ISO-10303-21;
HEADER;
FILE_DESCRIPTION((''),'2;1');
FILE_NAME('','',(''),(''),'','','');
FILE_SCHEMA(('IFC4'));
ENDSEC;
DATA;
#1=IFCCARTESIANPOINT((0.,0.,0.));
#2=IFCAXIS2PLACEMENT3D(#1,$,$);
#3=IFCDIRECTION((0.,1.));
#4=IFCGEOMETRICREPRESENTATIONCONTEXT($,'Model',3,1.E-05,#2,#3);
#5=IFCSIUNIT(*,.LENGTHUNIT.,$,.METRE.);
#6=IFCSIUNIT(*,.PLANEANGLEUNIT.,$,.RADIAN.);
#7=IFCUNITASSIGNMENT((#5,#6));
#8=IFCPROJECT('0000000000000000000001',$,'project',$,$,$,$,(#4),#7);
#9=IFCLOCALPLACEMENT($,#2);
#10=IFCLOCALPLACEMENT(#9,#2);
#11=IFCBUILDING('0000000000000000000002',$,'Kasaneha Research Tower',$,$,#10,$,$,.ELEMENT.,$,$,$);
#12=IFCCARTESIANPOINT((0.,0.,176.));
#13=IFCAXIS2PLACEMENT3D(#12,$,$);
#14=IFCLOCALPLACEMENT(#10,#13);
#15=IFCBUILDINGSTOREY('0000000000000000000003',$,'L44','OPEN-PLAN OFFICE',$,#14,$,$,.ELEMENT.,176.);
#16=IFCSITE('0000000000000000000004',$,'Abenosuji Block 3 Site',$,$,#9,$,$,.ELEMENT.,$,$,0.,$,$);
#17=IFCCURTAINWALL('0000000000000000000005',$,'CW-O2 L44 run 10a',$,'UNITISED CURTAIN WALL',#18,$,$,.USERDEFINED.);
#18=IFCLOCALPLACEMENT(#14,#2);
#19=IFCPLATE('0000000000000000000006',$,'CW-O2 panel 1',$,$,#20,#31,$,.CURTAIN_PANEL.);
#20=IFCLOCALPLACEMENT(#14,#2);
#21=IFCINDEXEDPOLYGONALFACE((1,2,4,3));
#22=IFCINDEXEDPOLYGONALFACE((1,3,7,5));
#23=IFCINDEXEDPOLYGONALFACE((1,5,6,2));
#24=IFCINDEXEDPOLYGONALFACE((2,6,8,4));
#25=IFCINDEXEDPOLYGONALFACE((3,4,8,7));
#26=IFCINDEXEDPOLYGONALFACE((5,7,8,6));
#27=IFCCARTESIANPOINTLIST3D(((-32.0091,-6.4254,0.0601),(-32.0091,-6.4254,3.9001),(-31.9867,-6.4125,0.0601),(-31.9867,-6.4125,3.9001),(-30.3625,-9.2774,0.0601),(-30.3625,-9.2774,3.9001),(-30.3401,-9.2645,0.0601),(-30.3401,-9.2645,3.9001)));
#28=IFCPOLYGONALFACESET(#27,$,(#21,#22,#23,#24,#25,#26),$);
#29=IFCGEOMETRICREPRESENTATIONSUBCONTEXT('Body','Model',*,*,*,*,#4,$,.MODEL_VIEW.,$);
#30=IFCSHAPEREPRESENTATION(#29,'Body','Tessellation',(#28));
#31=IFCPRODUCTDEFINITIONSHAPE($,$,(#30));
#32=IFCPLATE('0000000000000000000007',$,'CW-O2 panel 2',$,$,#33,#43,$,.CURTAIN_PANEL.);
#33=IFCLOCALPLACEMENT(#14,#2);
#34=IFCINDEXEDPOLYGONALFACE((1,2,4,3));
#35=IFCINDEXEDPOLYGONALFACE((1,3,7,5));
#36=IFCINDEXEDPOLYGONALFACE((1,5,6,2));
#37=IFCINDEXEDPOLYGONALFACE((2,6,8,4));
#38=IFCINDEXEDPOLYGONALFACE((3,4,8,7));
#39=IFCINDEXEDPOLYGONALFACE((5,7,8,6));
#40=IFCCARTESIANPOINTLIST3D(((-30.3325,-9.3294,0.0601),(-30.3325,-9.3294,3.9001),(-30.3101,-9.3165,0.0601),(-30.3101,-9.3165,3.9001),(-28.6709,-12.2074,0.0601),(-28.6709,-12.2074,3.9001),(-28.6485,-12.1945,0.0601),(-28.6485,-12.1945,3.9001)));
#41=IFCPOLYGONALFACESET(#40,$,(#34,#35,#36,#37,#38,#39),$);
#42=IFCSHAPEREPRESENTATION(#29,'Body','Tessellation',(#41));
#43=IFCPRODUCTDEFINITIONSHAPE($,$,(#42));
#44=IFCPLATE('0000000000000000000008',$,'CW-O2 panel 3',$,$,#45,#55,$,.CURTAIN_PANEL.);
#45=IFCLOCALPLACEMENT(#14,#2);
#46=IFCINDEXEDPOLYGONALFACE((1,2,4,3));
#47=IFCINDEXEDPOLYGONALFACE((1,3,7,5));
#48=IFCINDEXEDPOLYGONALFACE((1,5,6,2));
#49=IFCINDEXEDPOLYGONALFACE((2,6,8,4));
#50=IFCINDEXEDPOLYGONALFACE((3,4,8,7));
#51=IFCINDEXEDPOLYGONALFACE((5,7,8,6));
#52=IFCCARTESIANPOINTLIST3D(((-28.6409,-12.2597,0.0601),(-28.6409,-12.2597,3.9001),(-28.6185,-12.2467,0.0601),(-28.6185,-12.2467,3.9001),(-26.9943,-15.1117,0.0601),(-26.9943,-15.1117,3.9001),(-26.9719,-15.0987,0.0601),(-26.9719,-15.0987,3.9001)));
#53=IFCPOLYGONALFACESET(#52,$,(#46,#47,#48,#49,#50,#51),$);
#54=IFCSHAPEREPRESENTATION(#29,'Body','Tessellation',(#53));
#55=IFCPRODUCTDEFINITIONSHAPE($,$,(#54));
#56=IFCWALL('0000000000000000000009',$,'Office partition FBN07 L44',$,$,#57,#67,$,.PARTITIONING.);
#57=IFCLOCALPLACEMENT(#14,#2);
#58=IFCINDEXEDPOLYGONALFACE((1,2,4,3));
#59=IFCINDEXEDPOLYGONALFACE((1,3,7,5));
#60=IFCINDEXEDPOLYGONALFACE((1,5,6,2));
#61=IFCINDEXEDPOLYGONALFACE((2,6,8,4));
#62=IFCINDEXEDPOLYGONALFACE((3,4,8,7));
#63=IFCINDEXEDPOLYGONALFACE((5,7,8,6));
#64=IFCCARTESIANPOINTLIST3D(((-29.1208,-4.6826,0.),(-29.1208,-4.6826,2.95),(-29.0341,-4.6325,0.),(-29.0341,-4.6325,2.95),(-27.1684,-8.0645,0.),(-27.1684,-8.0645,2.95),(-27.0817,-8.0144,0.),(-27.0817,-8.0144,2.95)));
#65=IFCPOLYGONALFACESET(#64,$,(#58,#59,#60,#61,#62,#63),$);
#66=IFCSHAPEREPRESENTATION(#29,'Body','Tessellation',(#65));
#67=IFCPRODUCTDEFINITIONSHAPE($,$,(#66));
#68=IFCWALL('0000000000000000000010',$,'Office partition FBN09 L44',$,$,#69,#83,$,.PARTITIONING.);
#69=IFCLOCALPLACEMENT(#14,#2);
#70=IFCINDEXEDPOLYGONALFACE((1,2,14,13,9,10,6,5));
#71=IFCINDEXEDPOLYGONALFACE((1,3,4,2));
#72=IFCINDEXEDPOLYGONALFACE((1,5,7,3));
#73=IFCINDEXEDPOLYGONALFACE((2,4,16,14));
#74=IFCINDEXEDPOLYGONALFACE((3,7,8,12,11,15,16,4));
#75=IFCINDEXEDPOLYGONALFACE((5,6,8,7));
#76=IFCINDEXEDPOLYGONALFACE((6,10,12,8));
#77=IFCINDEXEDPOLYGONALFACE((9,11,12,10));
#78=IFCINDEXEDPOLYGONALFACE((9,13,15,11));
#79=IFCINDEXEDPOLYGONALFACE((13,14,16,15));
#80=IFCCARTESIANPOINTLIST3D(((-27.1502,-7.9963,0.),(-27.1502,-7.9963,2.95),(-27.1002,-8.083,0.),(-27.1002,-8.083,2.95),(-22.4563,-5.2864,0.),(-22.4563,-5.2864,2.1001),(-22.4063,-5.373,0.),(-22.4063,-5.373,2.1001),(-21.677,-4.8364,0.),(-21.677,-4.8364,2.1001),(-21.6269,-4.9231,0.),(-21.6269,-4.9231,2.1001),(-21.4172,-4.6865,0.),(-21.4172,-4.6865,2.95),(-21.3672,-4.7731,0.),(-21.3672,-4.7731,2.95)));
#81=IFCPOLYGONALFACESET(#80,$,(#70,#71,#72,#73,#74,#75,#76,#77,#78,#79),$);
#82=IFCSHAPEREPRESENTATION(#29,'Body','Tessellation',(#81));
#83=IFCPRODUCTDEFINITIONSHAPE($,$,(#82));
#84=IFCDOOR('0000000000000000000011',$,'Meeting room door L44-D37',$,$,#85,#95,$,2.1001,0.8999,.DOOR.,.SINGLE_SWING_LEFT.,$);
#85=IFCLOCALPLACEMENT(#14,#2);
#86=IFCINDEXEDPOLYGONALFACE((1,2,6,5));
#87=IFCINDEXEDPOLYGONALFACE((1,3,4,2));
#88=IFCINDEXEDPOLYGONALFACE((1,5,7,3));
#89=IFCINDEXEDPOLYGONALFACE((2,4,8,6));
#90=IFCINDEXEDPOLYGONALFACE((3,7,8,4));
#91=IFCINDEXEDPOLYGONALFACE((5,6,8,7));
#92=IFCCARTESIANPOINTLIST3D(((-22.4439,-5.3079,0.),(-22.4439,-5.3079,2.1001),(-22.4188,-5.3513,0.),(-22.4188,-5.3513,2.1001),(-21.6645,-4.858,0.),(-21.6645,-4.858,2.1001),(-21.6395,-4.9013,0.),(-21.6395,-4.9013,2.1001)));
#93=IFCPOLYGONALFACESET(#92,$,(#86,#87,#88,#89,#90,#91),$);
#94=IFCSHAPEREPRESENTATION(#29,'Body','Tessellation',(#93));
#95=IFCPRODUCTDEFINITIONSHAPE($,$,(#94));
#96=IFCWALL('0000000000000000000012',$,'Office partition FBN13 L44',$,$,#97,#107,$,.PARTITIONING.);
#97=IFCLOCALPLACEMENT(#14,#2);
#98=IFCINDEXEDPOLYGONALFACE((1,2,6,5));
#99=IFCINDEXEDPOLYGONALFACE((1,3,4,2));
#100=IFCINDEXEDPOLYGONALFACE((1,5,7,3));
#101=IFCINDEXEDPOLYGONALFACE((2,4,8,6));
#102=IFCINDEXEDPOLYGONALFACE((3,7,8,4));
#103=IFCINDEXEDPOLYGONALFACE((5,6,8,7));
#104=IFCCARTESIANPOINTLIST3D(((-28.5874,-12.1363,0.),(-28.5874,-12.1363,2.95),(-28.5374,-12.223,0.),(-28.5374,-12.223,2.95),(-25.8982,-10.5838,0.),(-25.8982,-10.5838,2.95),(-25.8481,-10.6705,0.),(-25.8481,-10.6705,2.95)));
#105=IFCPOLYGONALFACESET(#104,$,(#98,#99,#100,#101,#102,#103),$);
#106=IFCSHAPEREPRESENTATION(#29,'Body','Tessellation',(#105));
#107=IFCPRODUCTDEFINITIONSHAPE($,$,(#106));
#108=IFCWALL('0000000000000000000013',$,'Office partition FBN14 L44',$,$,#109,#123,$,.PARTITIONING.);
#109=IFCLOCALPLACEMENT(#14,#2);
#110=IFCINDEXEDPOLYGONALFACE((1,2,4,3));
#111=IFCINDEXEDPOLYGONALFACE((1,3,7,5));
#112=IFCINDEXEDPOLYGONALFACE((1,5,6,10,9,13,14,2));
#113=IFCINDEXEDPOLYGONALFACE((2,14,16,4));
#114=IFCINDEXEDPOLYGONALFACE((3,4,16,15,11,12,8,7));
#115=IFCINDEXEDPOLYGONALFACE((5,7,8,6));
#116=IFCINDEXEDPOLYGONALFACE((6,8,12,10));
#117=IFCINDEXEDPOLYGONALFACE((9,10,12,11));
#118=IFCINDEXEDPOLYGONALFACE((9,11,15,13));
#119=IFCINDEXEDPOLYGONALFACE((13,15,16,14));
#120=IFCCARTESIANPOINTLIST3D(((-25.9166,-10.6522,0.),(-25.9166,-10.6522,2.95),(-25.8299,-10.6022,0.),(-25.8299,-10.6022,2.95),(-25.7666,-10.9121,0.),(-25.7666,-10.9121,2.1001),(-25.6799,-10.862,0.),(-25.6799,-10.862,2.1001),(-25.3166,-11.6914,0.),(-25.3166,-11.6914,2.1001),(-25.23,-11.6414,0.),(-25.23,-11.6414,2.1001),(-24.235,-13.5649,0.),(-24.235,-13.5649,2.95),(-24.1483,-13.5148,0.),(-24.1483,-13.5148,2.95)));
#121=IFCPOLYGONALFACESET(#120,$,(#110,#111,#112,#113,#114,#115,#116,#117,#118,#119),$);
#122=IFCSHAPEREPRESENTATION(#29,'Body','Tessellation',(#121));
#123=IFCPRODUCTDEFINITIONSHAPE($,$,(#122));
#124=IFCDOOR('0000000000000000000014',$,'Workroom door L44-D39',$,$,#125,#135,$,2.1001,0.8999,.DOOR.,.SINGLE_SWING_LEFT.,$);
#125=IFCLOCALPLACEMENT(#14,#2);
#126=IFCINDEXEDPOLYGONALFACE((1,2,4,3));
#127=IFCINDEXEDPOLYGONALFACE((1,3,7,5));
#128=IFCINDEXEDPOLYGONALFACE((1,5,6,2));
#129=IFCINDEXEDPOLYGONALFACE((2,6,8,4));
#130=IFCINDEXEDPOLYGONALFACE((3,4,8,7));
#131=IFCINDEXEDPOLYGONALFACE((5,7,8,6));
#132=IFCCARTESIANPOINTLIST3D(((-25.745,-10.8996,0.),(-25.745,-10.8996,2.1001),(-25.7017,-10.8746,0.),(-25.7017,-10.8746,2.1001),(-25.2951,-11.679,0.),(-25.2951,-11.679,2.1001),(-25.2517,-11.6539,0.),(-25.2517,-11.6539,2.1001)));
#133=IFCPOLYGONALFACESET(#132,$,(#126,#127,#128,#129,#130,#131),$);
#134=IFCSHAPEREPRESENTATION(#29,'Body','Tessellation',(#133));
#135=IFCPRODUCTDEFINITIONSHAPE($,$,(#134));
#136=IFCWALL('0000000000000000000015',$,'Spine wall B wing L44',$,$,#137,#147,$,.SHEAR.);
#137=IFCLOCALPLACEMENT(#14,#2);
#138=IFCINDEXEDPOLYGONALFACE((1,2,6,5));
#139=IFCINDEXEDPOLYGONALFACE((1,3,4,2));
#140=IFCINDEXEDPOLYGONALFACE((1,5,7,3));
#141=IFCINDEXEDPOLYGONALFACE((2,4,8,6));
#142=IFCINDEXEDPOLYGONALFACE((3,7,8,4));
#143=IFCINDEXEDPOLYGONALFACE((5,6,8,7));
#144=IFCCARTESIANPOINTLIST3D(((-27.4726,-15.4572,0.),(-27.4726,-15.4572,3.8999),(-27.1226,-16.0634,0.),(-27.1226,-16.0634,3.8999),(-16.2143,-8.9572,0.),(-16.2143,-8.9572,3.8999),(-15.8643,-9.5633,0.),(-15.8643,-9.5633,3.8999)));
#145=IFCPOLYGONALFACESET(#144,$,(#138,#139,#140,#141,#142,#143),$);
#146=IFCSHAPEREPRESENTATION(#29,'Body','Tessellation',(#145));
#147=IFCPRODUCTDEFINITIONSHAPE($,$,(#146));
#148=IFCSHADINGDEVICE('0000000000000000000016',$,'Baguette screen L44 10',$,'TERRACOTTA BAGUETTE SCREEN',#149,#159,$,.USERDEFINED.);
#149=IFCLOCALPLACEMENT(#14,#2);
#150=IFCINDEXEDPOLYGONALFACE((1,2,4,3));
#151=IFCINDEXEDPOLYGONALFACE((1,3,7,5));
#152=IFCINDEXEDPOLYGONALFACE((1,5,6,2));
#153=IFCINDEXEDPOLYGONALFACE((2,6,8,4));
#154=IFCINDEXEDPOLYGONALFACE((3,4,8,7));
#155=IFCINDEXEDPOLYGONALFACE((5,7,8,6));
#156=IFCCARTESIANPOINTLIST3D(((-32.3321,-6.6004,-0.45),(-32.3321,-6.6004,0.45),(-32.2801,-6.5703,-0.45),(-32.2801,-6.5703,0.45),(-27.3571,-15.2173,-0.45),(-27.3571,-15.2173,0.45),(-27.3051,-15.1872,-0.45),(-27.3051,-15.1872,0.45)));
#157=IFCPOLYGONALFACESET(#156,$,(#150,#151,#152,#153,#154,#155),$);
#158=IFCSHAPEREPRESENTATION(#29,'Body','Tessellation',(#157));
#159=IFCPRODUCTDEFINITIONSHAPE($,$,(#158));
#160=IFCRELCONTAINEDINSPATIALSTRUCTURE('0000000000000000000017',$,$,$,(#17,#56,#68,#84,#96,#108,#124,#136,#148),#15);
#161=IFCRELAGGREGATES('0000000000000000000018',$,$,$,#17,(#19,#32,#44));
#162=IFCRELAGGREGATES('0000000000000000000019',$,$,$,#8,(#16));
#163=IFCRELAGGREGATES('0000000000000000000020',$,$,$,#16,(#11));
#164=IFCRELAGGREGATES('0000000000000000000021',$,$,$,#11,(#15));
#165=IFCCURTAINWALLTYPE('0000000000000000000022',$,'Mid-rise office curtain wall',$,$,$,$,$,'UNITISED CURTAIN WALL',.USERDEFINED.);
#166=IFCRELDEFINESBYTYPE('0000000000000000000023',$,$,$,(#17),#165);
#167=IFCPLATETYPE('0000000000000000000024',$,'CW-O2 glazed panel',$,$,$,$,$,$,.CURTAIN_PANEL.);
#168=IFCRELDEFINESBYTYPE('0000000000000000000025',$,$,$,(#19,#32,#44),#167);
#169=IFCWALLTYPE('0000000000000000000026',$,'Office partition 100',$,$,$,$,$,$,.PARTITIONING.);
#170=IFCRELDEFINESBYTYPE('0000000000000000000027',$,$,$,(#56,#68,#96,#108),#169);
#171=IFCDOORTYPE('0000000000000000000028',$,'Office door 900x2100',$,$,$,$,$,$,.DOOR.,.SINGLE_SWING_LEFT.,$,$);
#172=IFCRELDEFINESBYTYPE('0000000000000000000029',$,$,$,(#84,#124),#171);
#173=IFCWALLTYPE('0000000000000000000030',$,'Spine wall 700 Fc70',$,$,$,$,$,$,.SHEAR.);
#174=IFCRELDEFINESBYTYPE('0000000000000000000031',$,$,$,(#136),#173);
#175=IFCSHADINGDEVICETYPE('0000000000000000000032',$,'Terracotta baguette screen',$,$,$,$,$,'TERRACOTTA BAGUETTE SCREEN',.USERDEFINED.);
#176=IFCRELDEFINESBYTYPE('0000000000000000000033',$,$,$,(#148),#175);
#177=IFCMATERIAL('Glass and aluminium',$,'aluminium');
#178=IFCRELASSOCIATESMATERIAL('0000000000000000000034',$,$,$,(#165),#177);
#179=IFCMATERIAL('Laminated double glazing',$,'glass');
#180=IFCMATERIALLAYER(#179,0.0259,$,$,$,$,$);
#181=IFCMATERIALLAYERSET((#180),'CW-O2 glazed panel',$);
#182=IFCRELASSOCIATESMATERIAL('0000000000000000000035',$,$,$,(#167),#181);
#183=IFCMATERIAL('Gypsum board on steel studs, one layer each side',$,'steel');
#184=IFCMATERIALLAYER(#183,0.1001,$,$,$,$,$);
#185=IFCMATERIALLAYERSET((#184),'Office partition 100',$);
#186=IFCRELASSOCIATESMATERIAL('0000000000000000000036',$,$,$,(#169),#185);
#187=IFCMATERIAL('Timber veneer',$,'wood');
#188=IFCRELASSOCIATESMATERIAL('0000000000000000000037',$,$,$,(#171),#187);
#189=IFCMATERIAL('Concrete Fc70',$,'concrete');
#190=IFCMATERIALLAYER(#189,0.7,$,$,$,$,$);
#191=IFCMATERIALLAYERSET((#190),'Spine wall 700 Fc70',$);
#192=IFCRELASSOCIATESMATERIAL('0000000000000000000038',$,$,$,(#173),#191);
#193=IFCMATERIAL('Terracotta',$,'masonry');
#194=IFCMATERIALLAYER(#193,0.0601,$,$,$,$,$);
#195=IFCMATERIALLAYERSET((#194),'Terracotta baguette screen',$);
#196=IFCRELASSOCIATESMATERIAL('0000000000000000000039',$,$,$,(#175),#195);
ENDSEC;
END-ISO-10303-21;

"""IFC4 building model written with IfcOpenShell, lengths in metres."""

from ifc_helpers import new_model, si_unit, direction, frame, frame_2d, origin, origin_2d, place, context, subcontext, project, spatial, rectangle, extrude, material, layer, layer_set, type_object, element, fill, aggregate, save


model = new_model("IFC4")

# Units and contexts
model_context = context("Model", 3, precision=1e-05, world=origin(), true_north=direction((0.0, 1.0)))
body_context = subcontext(model_context, "Body", "Model", "MODEL_VIEW")
ifc_project = project(units=[si_unit("LENGTHUNIT", "METRE"), si_unit("PLANEANGLEUNIT", "RADIAN")], contexts=[model_context])

# Site, building, storey
site_placement = place(None, origin())
site = spatial("IfcSite", under=ifc_project, at=site_placement, Name="Abenosuji Block 3 Site", CompositionType="ELEMENT", RefElevation=0.0)
building_placement = place(site_placement, origin())
building = spatial("IfcBuilding", under=site, at=building_placement, Name="Kasaneha Research Tower", CompositionType="ELEMENT")
storey_placement = place(building_placement, frame((0.0, 0.0, 176.0)))
storey = spatial("IfcBuildingStorey", under=building, at=storey_placement, Name="L44", Description="OPEN-PLAN OFFICE", CompositionType="ELEMENT", Elevation=176.0)

# Curtain wall
ifc_material_1 = material(Name="Glass and aluminium", Category="aluminium")
curtain_wall_type = type_object("IfcCurtainWallType", Name="Mid-rise office curtain wall", ElementType="UNITISED CURTAIN WALL", PredefinedType="USERDEFINED", material=ifc_material_1)
curtain_wall_1_placement = place(storey_placement, origin())
curtain_wall_1 = element("IfcCurtainWall", 1, at=curtain_wall_1_placement, inside=storey, type_object=curtain_wall_type, Name="CW-O2 L44 run 10a", ObjectType="UNITISED CURTAIN WALL", PredefinedType="USERDEFINED")

# Plates
ifc_material_2 = material(Name="Laminated double glazing", Category="glass")
ifc_layer_1 = layer(ifc_material_2, 0.0259)
ifc_layer_set_1 = layer_set([ifc_layer_1], Name="CW-O2 glazed panel")
plate_type = type_object("IfcPlateType", Name="CW-O2 glazed panel", PredefinedType="CURTAIN_PANEL", material=ifc_layer_set_1)
plate_1_placement = place(storey_placement, frame((-31.1746, -7.845, 0.0601), z_axis=(0.0, 0.0, 1.0), x_axis=(0.5, -0.866025, 0.0)))
plate_1 = element("IfcPlate", 2, at=plate_1_placement, type_object=plate_type, Name="CW-O2 panel 1", PredefinedType="CURTAIN_PANEL", context=body_context, shape_type="SweptSolid", body=[
    extrude(rectangle(XDim=3.2932, YDim=0.0259, at=origin_2d()), origin(), (0.0, 0.0, 1.0), 3.8401),
])
plate_2_placement = place(storey_placement, frame((-29.4905, -10.762, 0.0601), z_axis=(0.0, 0.0, 1.0), x_axis=(0.5, -0.866025, 0.0)))
plate_2 = element("IfcPlate", 3, at=plate_2_placement, type_object=plate_type, Name="CW-O2 panel 2", PredefinedType="CURTAIN_PANEL", context=body_context, shape_type="SweptSolid", body=[
    extrude(rectangle(XDim=3.3232, YDim=0.0259, at=origin_2d()), origin(), (0.0, 0.0, 1.0), 3.8401),
])
plate_3_placement = place(storey_placement, frame((-27.8064, -13.6792, 0.0601), z_axis=(0.0, 0.0, 1.0), x_axis=(0.5, -0.866025, 0.0)))
plate_3 = element("IfcPlate", 4, at=plate_3_placement, type_object=plate_type, Name="CW-O2 panel 3", PredefinedType="CURTAIN_PANEL", context=body_context, shape_type="SweptSolid", body=[
    extrude(rectangle(XDim=3.2932, YDim=0.0259, at=origin_2d()), origin(), (0.0, 0.0, 1.0), 3.8401),
])
aggregate(curtain_wall_1, [plate_1, plate_2, plate_3])

# Wall
ifc_material_3 = material(Name="Gypsum board on steel studs, one layer each side", Category="steel")
ifc_layer_2 = layer(ifc_material_3, 0.1001)
ifc_layer_set_2 = layer_set([ifc_layer_2], Name="Office partition 100")
wall_type_1 = type_object("IfcWallType", Name="Office partition 100", PredefinedType="PARTITIONING", material=ifc_layer_set_2)
wall_1_placement = place(storey_placement, frame((-27.125, -8.0396, 0.0), z_axis=(0.0, 0.0, 1.0), x_axis=(-0.499979, 0.866038, 0.0)))
element("IfcWall", 5, at=wall_1_placement, inside=storey, type_object=wall_type_1, Name="Office partition FBN07 L44", PredefinedType="PARTITIONING", context=body_context, shape_type="SweptSolid", body=[
    extrude(rectangle(XDim=3.905, YDim=0.1001, at=frame_2d((1.9526, 0.0))), origin(), (0.0, 0.0, 1.0), 2.95),
])

# Wall, opening, door
wall_2_placement = place(storey_placement, frame((-21.3921, -4.7297, 0.0), z_axis=(0.0, 0.0, 1.0), x_axis=(-0.866031, -0.499991, 0.0)))
wall_2 = element("IfcWall", 6, at=wall_2_placement, inside=storey, type_object=wall_type_1, Name="Office partition FBN09 L44", PredefinedType="PARTITIONING", context=body_context, shape_type="SweptSolid", body=[
    extrude(rectangle(XDim=6.6199, YDim=0.1001, at=frame_2d((3.3101, 0.0))), origin(), (0.0, 0.0, 1.0), 2.95),
])
opening_1_placement = place(wall_2_placement, frame((0.3, 0.0, 0.0)))
opening_1 = element("IfcOpeningElement", 7, at=opening_1_placement, cuts=wall_2, PredefinedType="OPENING", context=body_context, shape_type="SweptSolid", body=[
    extrude(rectangle(XDim=0.8999, YDim=2.1001, at=frame_2d((0.45, 1.05))), frame((0.0, 0.0601, 0.0), z_axis=(0.0, -1.0, 0.0), x_axis=(1.0, 0.0, 0.0)), (0.0, 0.0, 1.0), 0.1201),
])
ifc_material_4 = material(Name="Timber veneer", Category="wood")
door_type = type_object("IfcDoorType", Name="Office door 900x2100", OperationType="SINGLE_SWING_LEFT", PredefinedType="DOOR", material=ifc_material_4)
door_1_placement = place(opening_1_placement, origin())
door_1 = element("IfcDoor", 8, at=door_1_placement, inside=storey, type_object=door_type, Name="Meeting room door L44-D37", OperationType="SINGLE_SWING_LEFT", OverallHeight=2.1001, OverallWidth=0.8999, PredefinedType="DOOR", context=body_context, shape_type="SweptSolid", body=[
    extrude(rectangle(XDim=0.8999, YDim=2.1001, at=frame_2d((0.45, 1.05))), frame((0.0, 0.0249, 0.0), z_axis=(0.0, -1.0, 0.0), x_axis=(1.0, 0.0, 0.0)), (0.0, 0.0, 1.0), 0.05),
])
fill(opening_1, door_1)

# Wall
wall_3_placement = place(storey_placement, frame((-28.5625, -12.1797, 0.0), z_axis=(0.0, 0.0, 1.0), x_axis=(0.866043, 0.49997, 0.0)))
element("IfcWall", 9, at=wall_3_placement, inside=storey, type_object=wall_type_1, Name="Office partition FBN13 L44", PredefinedType="PARTITIONING", context=body_context, shape_type="SweptSolid", body=[
    extrude(rectangle(XDim=3.1052, YDim=0.1001, at=frame_2d((1.5527, 0.0))), origin(), (0.0, 0.0, 1.0), 2.95),
])

# Wall, opening, door
wall_4_placement = place(storey_placement, frame((-25.8733, -10.6272, 0.0), z_axis=(0.0, 0.0, 1.0), x_axis=(0.500012, -0.866019, 0.0)))
wall_4 = element("IfcWall", 10, at=wall_4_placement, inside=storey, type_object=wall_type_1, Name="Office partition FBN14 L44", PredefinedType="PARTITIONING", context=body_context, shape_type="SweptSolid", body=[
    extrude(rectangle(XDim=3.3633, YDim=0.1001, at=frame_2d((1.6816, 0.0))), origin(), (0.0, 0.0, 1.0), 2.95),
])
opening_2_placement = place(wall_4_placement, frame((0.3, 0.0, 0.0)))
opening_2 = element("IfcOpeningElement", 11, at=opening_2_placement, cuts=wall_4, PredefinedType="OPENING", context=body_context, shape_type="SweptSolid", body=[
    extrude(rectangle(XDim=0.8999, YDim=2.1001, at=frame_2d((0.45, 1.05))), frame((0.0, 0.0601, 0.0), z_axis=(0.0, -1.0, 0.0), x_axis=(1.0, 0.0, 0.0)), (0.0, 0.0, 1.0), 0.1201),
])
door_2_placement = place(opening_2_placement, origin())
door_2 = element("IfcDoor", 12, at=door_2_placement, inside=storey, type_object=door_type, Name="Workroom door L44-D39", OperationType="SINGLE_SWING_LEFT", OverallHeight=2.1001, OverallWidth=0.8999, PredefinedType="DOOR", context=body_context, shape_type="SweptSolid", body=[
    extrude(rectangle(XDim=0.8999, YDim=2.1001, at=frame_2d((0.45, 1.05))), frame((0.0, 0.0249, 0.0), z_axis=(0.0, -1.0, 0.0), x_axis=(1.0, 0.0, 0.0)), (0.0, 0.0, 1.0), 0.05),
])
fill(opening_2, door_2)

# Wall
ifc_material_5 = material(Name="Concrete Fc70", Category="concrete")
ifc_layer_3 = layer(ifc_material_5, 0.7)
ifc_layer_set_3 = layer_set([ifc_layer_3], Name="Spine wall 700 Fc70")
wall_type_2 = type_object("IfcWallType", Name="Spine wall 700 Fc70", PredefinedType="SHEAR", material=ifc_layer_set_3)
wall_5_placement = place(storey_placement, frame((-16.0393, -9.2603, 0.0), z_axis=(0.0, 0.0, 1.0), x_axis=(-0.866025, -0.500001, 0.0)))
element("IfcWall", 13, at=wall_5_placement, inside=storey, type_object=wall_type_2, Name="Spine wall B wing L44", PredefinedType="SHEAR", context=body_context, shape_type="SweptSolid", body=[
    extrude(rectangle(XDim=13.0, YDim=0.7, at=frame_2d((6.5, 0.0))), origin(), (0.0, 0.0, 1.0), 3.8999),
])

# Shading device
ifc_material_6 = material(Name="Terracotta", Category="masonry")
ifc_layer_4 = layer(ifc_material_6, 0.0601)
ifc_layer_set_4 = layer_set([ifc_layer_4], Name="Terracotta baguette screen")
shading_device_type = type_object("IfcShadingDeviceType", Name="Terracotta baguette screen", ElementType="TERRACOTTA BAGUETTE SCREEN", PredefinedType="USERDEFINED", material=ifc_layer_set_4)
shading_device_placement = place(storey_placement, frame((-29.8186, -10.8938, -0.45), z_axis=(0.0, 0.0, 1.0), x_axis=(0.5, -0.866025, 0.0)))
element("IfcShadingDevice", 14, at=shading_device_placement, inside=storey, type_object=shading_device_type, Name="Baguette screen L44 10", ObjectType="TERRACOTTA BAGUETTE SCREEN", PredefinedType="USERDEFINED", context=body_context, shape_type="SweptSolid", body=[
    extrude(rectangle(XDim=9.95, YDim=0.0601, at=origin_2d()), origin(), (0.0, 0.0, 1.0), 0.8999),
])

save(model, "model.ifc")
